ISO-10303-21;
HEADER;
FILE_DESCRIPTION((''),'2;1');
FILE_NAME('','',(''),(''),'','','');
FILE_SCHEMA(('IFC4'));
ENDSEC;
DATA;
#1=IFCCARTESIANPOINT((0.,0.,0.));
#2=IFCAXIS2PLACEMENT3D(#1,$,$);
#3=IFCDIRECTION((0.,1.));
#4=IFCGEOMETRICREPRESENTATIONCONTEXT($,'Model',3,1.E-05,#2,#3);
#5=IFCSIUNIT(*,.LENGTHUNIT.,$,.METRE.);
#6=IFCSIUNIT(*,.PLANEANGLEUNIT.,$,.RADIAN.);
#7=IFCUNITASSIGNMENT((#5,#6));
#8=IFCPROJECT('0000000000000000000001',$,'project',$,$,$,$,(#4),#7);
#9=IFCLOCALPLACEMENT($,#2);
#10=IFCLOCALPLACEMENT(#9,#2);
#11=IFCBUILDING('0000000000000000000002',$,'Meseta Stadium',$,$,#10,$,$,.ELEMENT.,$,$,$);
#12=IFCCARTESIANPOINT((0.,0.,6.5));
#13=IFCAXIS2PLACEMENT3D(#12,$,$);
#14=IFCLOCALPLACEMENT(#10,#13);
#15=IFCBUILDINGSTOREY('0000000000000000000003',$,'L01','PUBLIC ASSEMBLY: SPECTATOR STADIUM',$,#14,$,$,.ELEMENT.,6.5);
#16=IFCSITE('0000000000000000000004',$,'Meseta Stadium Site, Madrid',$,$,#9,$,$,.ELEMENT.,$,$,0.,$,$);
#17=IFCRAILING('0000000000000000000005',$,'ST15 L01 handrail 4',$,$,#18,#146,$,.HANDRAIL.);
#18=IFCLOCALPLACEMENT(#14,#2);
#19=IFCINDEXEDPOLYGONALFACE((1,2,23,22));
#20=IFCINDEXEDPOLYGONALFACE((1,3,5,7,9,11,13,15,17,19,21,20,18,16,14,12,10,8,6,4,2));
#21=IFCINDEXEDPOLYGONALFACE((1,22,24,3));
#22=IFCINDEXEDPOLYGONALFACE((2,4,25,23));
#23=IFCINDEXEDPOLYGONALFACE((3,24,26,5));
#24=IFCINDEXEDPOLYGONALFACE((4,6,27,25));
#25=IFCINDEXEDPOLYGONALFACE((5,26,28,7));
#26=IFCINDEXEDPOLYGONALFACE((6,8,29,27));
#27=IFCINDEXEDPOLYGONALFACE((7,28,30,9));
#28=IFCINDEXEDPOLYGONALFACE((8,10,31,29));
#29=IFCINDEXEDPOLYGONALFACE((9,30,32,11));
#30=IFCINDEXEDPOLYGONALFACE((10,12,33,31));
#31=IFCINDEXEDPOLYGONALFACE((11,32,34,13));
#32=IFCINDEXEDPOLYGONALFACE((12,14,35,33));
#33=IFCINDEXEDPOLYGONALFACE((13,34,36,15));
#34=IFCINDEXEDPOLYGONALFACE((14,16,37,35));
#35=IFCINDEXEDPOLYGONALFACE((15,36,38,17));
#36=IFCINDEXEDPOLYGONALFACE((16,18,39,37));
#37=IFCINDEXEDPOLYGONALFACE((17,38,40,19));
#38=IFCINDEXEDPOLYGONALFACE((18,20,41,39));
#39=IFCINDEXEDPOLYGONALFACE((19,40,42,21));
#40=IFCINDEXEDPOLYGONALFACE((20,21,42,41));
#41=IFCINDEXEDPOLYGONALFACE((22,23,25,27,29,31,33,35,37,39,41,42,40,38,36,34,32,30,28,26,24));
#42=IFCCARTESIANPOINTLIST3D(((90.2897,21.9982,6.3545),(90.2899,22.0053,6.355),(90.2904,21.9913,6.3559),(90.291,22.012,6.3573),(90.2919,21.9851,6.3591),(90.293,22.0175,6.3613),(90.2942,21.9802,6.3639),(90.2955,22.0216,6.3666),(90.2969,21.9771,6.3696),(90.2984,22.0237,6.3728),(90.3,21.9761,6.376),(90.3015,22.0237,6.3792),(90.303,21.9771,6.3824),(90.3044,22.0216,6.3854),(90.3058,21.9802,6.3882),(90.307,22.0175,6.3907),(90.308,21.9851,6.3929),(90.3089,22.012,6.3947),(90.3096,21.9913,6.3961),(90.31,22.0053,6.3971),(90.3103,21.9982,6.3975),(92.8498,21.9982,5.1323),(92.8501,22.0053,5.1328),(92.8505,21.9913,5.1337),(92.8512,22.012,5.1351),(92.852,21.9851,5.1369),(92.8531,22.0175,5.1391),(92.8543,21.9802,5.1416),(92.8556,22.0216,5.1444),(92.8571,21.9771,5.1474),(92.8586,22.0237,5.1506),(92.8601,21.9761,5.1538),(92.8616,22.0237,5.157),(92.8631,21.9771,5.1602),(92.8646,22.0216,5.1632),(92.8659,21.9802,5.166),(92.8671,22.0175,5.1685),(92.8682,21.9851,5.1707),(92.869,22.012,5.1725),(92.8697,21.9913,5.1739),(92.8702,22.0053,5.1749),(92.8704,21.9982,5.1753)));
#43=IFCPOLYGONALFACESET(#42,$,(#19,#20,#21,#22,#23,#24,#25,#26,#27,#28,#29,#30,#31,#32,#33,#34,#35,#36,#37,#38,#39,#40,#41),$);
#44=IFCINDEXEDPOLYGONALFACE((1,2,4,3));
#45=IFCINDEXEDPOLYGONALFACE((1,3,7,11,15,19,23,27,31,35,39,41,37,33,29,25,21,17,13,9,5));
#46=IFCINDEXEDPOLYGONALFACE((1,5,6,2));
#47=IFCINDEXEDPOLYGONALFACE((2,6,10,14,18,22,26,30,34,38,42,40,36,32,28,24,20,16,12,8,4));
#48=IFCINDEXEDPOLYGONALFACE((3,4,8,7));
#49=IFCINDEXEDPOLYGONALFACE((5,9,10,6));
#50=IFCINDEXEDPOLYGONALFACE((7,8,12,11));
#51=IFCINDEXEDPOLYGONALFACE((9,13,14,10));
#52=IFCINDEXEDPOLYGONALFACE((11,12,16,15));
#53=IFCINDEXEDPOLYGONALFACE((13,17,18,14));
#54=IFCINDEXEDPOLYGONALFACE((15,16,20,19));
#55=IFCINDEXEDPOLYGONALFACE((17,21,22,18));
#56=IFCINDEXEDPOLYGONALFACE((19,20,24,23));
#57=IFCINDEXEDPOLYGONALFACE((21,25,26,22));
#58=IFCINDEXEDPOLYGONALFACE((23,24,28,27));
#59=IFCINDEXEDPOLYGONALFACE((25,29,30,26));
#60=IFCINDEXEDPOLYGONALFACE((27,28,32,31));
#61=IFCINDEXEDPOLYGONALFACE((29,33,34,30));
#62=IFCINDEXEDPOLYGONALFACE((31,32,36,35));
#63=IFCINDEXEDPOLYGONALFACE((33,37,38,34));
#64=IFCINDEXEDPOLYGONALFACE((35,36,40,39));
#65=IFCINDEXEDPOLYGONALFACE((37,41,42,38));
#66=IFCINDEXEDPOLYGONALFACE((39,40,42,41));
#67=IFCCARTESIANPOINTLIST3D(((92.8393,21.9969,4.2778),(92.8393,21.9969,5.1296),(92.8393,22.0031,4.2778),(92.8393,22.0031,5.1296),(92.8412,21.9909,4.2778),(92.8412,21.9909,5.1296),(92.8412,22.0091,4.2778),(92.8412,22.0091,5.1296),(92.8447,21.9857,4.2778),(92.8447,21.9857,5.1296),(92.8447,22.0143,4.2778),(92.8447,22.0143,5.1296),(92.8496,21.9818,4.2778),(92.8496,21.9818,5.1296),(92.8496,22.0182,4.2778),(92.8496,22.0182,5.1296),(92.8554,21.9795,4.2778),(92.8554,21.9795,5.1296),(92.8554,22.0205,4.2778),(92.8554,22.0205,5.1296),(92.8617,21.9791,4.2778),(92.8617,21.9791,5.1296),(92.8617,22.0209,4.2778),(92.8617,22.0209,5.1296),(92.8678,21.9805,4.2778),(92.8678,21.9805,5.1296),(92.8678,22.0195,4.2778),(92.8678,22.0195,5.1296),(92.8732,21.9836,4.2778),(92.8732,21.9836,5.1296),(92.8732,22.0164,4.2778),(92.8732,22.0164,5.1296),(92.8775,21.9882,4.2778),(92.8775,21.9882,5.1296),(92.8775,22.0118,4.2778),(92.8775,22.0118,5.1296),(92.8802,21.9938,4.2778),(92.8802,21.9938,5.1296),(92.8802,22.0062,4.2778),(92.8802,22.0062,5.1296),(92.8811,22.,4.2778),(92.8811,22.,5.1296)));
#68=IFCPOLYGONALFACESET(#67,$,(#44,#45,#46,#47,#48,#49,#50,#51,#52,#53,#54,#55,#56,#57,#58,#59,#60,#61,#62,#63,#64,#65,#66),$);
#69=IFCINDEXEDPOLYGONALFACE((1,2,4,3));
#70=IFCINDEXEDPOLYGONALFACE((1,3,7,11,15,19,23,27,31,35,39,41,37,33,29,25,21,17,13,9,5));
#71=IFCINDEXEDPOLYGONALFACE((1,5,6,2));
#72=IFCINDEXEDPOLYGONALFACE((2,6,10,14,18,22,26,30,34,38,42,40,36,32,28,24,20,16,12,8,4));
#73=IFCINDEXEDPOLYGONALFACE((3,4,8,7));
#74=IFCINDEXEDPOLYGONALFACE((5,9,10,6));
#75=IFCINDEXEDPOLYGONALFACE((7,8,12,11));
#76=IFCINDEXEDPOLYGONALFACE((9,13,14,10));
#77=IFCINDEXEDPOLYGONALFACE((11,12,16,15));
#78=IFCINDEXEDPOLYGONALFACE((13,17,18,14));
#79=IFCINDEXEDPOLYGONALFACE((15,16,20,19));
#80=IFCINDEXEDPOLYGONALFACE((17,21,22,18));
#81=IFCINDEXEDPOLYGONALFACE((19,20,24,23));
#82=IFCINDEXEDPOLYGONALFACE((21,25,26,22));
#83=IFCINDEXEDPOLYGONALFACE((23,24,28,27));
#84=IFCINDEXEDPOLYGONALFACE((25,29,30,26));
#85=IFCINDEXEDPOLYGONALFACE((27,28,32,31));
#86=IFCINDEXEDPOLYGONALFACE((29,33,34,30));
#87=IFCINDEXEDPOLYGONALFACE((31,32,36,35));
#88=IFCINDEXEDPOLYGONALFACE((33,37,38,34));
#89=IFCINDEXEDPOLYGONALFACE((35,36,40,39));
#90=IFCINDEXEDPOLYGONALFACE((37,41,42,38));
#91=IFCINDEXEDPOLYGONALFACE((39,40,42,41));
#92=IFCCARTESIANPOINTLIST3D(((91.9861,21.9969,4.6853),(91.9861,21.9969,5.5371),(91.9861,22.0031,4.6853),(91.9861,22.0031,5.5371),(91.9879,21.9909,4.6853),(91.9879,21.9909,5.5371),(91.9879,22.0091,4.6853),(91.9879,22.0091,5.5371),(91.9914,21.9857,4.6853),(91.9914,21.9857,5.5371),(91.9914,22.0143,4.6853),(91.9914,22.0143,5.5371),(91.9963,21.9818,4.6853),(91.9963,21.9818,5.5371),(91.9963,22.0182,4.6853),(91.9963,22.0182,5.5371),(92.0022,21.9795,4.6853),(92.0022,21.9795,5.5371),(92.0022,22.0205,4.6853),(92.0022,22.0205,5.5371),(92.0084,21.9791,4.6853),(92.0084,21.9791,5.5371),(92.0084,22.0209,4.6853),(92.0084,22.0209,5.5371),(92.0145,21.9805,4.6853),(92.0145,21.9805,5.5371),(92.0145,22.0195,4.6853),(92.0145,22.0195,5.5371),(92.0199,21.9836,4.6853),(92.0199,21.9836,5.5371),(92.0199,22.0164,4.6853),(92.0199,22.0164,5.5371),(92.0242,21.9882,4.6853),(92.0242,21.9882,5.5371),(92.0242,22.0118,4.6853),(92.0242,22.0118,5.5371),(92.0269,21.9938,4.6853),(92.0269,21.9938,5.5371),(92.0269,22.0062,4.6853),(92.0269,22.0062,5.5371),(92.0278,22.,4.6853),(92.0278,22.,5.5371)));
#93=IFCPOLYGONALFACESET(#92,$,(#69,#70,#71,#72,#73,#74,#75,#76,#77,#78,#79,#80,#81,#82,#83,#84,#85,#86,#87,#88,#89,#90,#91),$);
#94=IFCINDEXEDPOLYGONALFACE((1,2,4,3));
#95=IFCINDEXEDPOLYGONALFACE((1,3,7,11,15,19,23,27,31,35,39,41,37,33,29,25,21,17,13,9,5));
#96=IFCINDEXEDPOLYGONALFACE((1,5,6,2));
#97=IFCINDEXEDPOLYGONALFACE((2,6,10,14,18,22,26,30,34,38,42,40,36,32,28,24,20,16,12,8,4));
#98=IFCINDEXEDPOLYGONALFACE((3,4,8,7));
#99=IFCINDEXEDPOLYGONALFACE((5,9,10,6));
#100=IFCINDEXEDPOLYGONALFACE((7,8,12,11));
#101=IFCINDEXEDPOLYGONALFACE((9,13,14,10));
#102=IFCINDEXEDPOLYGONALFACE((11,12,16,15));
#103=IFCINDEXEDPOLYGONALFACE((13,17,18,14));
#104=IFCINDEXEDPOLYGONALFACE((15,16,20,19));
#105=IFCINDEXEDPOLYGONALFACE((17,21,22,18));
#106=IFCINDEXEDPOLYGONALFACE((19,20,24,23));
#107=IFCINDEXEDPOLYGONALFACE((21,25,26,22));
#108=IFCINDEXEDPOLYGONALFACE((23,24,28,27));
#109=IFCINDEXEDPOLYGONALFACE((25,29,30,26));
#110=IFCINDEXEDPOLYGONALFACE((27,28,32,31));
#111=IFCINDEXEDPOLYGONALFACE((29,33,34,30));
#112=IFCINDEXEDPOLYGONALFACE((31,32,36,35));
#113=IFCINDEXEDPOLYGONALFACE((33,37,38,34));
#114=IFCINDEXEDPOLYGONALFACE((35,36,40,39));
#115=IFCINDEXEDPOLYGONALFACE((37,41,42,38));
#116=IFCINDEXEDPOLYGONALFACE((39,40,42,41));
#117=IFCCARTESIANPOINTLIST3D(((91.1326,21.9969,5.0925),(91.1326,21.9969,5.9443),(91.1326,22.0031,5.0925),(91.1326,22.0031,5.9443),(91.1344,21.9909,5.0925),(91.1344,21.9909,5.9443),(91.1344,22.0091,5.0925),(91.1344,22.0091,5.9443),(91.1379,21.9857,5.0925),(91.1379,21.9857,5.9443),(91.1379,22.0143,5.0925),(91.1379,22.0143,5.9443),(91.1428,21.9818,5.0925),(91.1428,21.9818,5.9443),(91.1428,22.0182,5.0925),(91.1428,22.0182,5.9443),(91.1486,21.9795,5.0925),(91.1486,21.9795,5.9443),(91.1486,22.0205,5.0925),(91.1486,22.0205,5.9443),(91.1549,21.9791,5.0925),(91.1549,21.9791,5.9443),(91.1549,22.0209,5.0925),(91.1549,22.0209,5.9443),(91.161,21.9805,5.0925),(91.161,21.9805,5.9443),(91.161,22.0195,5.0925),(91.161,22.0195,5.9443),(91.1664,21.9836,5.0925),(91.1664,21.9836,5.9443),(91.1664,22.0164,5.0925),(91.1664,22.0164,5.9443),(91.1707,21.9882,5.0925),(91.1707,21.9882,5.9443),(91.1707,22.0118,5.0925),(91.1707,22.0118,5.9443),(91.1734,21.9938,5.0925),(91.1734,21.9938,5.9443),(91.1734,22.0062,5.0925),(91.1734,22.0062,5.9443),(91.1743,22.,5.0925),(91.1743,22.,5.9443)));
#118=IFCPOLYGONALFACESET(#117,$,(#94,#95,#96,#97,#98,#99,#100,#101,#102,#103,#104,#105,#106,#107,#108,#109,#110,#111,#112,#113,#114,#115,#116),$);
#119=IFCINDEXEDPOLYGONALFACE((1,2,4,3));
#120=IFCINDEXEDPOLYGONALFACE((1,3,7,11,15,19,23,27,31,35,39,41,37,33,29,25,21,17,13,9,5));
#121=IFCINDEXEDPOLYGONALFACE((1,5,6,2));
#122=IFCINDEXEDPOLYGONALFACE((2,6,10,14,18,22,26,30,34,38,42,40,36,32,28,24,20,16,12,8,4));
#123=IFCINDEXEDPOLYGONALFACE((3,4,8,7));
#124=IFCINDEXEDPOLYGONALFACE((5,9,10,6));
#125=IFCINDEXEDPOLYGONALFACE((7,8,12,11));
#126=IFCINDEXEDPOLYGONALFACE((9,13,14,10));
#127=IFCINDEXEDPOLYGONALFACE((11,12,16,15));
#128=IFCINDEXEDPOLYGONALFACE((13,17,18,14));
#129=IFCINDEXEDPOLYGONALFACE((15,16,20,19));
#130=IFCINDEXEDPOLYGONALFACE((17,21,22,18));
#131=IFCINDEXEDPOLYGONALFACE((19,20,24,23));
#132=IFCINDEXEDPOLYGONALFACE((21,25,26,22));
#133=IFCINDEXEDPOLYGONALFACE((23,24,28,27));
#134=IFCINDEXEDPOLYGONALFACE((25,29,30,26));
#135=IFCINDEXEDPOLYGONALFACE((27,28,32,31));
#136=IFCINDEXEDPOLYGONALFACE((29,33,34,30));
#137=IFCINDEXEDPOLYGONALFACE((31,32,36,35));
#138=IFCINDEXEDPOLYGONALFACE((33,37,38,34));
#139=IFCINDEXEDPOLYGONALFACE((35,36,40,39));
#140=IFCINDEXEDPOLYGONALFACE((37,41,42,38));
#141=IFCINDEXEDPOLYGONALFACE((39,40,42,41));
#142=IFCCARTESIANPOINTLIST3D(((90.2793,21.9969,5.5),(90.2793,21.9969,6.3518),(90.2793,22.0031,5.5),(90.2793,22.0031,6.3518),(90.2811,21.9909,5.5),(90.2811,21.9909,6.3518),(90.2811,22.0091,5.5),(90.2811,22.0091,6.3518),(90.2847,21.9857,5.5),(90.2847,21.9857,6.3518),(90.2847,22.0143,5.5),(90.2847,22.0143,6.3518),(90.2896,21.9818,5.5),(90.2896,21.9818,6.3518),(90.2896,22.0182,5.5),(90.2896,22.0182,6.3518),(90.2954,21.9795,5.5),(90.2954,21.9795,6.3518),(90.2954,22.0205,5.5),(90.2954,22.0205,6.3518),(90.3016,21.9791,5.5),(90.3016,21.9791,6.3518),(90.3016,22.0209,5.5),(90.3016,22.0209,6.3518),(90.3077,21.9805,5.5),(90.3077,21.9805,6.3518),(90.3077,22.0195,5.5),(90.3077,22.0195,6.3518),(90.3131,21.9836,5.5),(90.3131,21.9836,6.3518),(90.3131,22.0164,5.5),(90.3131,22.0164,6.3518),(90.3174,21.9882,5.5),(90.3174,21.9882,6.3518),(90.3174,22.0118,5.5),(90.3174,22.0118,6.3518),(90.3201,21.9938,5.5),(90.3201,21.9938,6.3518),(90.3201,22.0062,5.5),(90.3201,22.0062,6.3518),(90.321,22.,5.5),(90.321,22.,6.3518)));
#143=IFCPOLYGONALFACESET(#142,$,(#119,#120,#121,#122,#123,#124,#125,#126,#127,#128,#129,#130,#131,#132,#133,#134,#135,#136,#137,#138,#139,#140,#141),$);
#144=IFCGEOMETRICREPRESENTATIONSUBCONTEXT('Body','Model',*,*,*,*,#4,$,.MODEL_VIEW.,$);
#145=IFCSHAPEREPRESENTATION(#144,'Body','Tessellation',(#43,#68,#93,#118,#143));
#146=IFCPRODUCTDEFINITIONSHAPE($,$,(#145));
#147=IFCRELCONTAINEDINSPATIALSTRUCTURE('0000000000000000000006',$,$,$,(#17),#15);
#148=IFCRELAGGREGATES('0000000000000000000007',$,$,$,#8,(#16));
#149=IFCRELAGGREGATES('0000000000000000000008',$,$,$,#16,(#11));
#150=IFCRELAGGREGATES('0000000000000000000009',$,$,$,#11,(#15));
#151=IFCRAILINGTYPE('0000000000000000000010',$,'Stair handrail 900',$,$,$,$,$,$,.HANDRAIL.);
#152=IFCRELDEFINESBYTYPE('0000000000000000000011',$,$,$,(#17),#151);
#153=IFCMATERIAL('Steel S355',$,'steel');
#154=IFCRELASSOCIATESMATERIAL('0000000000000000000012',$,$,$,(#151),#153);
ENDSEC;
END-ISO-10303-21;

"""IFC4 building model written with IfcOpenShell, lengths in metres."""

from ifc_helpers import new_model, si_unit, direction, frame, origin, origin_2d, place, context, subcontext, project, spatial, circle, extrude, material, type_object, element, save


model = new_model("IFC4")

# Units and contexts
model_context = context("Model", 3, precision=1e-05, world=origin(), true_north=direction((0.0, 1.0)))
body_context = subcontext(model_context, "Body", "Model", "MODEL_VIEW")
ifc_project = project(units=[si_unit("LENGTHUNIT", "METRE"), si_unit("PLANEANGLEUNIT", "RADIAN")], contexts=[model_context])

# Site, building, storey
site_placement = place(None, origin())
site = spatial("IfcSite", under=ifc_project, at=site_placement, Name="Meseta Stadium Site, Madrid", CompositionType="ELEMENT", RefElevation=0.0)
building_placement = place(site_placement, origin())
building = spatial("IfcBuilding", under=site, at=building_placement, Name="Meseta Stadium", CompositionType="ELEMENT")
storey_placement = place(building_placement, frame((0.0, 0.0, 6.5)))
storey = spatial("IfcBuildingStorey", under=building, at=storey_placement, Name="L01", Description="PUBLIC ASSEMBLY: SPECTATOR STADIUM", CompositionType="ELEMENT", Elevation=6.5)

# Railing
ifc_material_1 = material(Name="Steel S355", Category="steel")
railing_type_1 = type_object("IfcRailingType", Name="Stair handrail 900", PredefinedType="HANDRAIL", material=ifc_material_1)
for number, where, name in (
    (1, (92.8601, 22.0, 4.2778), "ST15 L01 handrail 4"),
):
    element("IfcRailing", number, at=place(storey_placement, frame(where)), inside=storey, type_object=railing_type_1, Name=name, PredefinedType="HANDRAIL", context=body_context, shape_type="SweptSolid", body=[
        extrude(circle(Radius=0.0239, at=origin_2d()), frame((0.0, 0.0, 0.876), z_axis=(-0.902437, 0.0, 0.430822), x_axis=(0.0, -1.0, 0.0)), (0.0, 0.0, 1.0), 2.8369),
        extrude(circle(Radius=0.021, at=origin_2d()), origin(), (0.0, 0.0, 1.0), 0.8518),
        extrude(circle(Radius=0.021, at=origin_2d()), frame((-0.8533, 0.0, 0.4075)), (0.0, 0.0, 1.0), 0.8518),
        extrude(circle(Radius=0.021, at=origin_2d()), frame((-1.7068, 0.0, 0.8147)), (0.0, 0.0, 1.0), 0.8518),
        extrude(circle(Radius=0.021, at=origin_2d()), frame((-2.5601, 0.0, 1.2222)), (0.0, 0.0, 1.0), 0.8518),
    ])

save(model, "model.ifc")
